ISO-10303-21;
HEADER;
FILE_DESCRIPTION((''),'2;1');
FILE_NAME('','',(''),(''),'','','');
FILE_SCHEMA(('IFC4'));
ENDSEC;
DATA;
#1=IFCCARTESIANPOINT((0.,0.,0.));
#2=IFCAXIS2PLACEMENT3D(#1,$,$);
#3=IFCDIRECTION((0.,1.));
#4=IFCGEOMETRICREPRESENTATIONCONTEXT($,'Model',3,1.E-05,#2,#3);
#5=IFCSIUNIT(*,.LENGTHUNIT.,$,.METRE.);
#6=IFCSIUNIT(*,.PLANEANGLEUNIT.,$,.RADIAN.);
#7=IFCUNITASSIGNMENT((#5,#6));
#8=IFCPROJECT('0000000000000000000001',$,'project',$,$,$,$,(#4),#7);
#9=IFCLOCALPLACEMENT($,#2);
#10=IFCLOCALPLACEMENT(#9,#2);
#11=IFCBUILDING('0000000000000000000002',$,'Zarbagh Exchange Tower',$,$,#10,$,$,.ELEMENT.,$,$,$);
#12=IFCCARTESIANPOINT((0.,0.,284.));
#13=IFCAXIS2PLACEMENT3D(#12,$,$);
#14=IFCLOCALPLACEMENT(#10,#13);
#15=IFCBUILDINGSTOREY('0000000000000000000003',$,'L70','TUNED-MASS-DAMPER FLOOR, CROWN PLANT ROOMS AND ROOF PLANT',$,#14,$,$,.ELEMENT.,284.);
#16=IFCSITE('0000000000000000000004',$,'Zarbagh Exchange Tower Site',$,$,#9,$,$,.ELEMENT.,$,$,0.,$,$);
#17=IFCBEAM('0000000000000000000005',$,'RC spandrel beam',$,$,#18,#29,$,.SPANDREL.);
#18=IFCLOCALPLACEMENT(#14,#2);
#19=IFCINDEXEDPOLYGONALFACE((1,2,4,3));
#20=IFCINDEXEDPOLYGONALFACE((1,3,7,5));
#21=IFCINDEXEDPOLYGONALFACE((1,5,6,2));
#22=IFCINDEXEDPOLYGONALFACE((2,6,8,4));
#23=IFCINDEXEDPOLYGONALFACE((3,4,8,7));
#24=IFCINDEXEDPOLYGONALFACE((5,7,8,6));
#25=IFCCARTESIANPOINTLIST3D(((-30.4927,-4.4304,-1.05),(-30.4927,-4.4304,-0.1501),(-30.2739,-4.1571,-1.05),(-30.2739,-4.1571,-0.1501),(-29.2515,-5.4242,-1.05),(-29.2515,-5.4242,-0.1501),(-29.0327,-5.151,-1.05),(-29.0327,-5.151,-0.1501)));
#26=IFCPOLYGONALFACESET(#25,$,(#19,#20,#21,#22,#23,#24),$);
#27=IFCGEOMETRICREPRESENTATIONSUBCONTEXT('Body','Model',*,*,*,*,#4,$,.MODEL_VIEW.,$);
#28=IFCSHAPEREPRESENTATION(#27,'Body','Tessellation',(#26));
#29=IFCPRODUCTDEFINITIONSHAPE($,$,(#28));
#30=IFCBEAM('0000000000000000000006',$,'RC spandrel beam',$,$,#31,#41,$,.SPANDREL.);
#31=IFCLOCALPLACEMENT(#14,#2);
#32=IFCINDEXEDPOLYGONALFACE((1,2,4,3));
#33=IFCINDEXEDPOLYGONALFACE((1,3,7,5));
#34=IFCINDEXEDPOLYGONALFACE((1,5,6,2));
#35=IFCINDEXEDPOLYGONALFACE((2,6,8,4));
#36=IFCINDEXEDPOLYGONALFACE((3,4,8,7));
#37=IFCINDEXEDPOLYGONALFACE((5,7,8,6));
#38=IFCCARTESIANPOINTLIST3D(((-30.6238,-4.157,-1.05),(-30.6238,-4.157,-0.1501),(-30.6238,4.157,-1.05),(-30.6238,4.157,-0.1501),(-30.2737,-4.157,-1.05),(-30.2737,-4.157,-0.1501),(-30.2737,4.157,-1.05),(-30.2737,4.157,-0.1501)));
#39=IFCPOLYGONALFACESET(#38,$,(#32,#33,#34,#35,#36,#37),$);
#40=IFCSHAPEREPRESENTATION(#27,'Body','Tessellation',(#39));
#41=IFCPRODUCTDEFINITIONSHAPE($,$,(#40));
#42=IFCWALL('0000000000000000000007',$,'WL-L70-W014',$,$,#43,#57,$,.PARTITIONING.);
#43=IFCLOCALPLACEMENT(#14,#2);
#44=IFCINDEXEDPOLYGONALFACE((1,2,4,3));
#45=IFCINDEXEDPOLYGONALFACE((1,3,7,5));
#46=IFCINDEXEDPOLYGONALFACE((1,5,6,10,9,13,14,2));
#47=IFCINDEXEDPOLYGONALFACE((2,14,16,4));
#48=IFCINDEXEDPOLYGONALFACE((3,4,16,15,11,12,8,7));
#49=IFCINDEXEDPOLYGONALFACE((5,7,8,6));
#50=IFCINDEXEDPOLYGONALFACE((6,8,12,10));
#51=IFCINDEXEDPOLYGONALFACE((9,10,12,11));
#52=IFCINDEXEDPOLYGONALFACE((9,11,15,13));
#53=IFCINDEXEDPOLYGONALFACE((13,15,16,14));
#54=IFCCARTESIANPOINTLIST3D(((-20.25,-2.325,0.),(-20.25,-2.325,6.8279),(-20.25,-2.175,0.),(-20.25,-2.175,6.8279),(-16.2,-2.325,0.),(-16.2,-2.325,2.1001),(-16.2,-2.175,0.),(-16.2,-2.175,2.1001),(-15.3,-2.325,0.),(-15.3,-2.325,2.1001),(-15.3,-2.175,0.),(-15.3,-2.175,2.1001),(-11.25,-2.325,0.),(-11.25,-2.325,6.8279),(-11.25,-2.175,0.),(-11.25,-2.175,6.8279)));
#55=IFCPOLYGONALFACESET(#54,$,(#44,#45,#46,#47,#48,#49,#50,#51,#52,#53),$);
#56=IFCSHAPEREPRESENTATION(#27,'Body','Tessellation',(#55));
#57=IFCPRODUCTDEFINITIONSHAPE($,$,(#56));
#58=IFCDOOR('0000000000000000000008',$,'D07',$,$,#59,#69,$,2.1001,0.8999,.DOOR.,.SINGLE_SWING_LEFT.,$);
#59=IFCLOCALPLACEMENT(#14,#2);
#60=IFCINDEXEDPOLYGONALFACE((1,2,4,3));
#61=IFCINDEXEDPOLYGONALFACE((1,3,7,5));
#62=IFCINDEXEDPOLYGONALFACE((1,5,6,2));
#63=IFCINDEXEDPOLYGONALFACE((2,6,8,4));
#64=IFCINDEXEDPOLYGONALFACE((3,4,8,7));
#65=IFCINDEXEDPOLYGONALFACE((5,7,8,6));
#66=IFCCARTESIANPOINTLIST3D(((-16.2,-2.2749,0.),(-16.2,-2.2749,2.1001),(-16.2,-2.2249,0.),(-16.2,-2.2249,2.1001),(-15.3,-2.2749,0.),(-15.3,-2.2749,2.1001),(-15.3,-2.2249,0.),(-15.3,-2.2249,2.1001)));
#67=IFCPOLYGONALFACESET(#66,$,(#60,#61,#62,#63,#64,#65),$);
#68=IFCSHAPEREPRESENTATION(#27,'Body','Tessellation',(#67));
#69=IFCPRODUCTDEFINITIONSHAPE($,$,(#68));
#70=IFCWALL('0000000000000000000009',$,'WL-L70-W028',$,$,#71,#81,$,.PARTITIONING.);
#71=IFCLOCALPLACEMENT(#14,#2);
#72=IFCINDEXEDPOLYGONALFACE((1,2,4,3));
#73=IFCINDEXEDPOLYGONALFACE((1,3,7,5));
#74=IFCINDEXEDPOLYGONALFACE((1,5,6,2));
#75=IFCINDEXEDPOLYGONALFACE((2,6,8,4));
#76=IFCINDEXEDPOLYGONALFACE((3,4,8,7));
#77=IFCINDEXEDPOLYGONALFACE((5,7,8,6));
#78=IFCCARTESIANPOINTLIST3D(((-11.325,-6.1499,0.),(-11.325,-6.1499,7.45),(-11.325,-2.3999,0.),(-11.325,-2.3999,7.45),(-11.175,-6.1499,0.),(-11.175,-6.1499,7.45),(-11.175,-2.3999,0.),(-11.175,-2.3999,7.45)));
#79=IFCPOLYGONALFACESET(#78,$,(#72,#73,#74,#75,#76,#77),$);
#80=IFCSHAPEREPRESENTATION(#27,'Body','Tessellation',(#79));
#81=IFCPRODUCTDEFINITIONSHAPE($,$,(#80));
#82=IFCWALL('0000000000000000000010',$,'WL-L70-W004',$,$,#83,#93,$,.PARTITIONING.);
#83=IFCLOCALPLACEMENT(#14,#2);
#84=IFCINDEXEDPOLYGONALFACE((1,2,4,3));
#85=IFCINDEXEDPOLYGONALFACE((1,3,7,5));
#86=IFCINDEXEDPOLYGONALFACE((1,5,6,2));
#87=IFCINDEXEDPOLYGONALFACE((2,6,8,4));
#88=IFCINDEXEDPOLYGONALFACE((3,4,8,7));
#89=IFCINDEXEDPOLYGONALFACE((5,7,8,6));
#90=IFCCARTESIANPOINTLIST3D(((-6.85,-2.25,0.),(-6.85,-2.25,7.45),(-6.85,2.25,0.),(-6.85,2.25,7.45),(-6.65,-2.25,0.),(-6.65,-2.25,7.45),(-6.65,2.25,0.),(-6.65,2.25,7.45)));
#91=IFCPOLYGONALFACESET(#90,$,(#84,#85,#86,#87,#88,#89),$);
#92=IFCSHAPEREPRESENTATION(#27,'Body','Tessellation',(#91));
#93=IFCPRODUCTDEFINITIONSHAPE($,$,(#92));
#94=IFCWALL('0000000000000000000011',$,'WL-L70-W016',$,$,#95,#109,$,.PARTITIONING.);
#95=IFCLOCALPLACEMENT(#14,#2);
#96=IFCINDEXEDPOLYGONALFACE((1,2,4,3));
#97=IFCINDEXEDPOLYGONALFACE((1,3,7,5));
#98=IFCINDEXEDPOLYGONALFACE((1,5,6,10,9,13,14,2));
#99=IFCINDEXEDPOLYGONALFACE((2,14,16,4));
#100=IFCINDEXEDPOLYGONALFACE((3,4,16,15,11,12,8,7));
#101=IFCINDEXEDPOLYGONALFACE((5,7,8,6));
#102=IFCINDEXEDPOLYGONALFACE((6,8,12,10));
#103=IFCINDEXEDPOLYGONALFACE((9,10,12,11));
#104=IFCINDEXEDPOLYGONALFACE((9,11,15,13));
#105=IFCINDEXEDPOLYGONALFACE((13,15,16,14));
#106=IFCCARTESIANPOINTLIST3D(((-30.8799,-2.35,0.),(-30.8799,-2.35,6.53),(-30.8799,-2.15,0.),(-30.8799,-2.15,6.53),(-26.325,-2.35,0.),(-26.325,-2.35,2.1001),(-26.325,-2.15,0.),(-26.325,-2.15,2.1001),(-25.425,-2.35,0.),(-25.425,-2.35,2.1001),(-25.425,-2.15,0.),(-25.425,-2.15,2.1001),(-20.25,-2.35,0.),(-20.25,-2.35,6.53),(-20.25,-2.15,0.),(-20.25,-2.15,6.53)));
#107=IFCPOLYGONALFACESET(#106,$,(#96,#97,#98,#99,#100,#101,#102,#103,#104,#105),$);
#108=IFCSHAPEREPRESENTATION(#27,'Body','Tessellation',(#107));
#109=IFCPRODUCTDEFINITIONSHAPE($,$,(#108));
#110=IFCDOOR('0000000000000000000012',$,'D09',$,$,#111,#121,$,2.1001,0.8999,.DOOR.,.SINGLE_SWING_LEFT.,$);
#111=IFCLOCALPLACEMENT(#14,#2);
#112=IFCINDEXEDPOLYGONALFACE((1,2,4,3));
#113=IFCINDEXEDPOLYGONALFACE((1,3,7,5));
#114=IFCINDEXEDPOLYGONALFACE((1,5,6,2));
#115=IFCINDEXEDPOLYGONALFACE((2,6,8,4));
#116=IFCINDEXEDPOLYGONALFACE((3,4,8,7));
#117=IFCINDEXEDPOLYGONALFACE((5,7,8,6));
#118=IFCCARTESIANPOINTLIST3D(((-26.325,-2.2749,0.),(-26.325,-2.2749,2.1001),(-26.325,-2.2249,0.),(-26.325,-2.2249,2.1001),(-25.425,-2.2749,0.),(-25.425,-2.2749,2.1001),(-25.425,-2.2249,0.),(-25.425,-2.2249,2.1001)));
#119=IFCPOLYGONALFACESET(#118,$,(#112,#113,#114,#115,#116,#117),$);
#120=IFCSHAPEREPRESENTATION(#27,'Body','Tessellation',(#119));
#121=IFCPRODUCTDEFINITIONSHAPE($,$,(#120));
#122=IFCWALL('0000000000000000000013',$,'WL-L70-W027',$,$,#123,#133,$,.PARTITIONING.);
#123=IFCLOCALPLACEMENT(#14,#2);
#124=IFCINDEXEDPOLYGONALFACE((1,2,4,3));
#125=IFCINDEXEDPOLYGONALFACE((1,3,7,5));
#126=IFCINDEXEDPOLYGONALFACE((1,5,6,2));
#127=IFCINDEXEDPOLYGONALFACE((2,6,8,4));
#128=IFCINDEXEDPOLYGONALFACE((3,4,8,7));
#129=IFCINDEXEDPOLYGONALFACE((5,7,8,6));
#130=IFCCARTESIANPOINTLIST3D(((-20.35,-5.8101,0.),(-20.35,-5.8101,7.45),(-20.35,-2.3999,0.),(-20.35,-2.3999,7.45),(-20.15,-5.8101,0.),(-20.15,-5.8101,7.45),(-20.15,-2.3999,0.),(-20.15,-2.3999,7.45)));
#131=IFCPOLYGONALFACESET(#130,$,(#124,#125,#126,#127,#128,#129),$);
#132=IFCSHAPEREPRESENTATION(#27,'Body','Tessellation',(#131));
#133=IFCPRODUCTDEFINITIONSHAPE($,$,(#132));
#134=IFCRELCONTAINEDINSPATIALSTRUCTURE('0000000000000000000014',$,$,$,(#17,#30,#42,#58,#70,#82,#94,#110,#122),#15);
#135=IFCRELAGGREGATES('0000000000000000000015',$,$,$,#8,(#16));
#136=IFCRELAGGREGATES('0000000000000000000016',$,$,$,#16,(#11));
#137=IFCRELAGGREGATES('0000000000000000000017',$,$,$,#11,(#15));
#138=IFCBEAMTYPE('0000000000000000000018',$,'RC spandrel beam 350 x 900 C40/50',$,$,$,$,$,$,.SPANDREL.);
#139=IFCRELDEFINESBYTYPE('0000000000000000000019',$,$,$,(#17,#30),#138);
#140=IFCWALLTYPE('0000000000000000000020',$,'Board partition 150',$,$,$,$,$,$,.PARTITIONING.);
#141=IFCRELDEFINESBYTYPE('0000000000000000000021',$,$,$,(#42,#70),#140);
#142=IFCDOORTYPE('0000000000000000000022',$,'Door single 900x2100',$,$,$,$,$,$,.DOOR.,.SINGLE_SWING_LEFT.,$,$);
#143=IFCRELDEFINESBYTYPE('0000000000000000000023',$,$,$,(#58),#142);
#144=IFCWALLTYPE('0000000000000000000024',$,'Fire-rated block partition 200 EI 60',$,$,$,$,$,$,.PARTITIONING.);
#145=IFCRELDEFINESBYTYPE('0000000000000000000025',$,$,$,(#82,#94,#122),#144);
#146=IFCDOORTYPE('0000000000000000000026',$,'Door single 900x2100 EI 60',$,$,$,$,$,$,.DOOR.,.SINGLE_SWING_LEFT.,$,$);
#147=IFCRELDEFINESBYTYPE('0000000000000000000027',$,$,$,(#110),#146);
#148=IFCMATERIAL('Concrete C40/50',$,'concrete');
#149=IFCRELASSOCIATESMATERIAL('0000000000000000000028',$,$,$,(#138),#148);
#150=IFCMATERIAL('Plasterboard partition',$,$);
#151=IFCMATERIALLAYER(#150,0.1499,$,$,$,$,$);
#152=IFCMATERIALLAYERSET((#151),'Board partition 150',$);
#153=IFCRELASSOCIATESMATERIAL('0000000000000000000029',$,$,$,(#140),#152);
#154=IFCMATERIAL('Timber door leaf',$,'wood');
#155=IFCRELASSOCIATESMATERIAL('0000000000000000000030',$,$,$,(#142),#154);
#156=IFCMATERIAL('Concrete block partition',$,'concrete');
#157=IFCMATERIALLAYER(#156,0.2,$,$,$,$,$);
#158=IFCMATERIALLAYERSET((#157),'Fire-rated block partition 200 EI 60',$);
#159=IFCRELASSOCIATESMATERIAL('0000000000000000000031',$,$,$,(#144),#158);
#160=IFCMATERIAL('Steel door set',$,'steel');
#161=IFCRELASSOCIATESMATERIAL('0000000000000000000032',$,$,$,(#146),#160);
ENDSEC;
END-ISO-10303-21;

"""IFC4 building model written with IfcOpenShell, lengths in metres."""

from ifc_helpers import new_model, si_unit, direction, frame, frame_2d, origin, origin_2d, place, context, subcontext, project, spatial, rectangle, extrude, material, layer, layer_set, material_profile, profile_set, type_object, element, fill, save


model = new_model("IFC4")

# Units and contexts
model_context = context("Model", 3, precision=1e-05, world=origin(), true_north=direction((0.0, 1.0)))
body_context = subcontext(model_context, "Body", "Model", "MODEL_VIEW")
ifc_project = project(units=[si_unit("LENGTHUNIT", "METRE"), si_unit("PLANEANGLEUNIT", "RADIAN")], contexts=[model_context])

# Site, building, storey
site_placement = place(None, origin())
site = spatial("IfcSite", under=ifc_project, at=site_placement, Name="Zarbagh Exchange Tower Site", CompositionType="ELEMENT", RefElevation=0.0)
building_placement = place(site_placement, origin())
building = spatial("IfcBuilding", under=site, at=building_placement, Name="Zarbagh Exchange Tower", CompositionType="ELEMENT")
storey_placement = place(building_placement, frame((0.0, 0.0, 284.0)))
storey = spatial("IfcBuildingStorey", under=building, at=storey_placement, Name="L70", Description="TUNED-MASS-DAMPER FLOOR, CROWN PLANT ROOMS AND ROOF PLANT", CompositionType="ELEMENT", Elevation=284.0)

# Shared definitions
ifc_material_1 = material(Name="Concrete C40/50", Category="concrete")

# Beams
ifc_material_profile_1 = material_profile(ifc_material_1, rectangle(XDim=0.3501, YDim=0.8999, at=origin_2d()), Name="RC spandrel beam 350 x 900 C40/50")
ifc_profile_set_1 = profile_set([ifc_material_profile_1], Name="Concrete C40/50")
beam_type_1 = type_object("IfcBeamType", Name="RC spandrel beam 350 x 900 C40/50", PredefinedType="SPANDREL", material=ifc_profile_set_1)
beam_1_placement = place(storey_placement, frame((-29.1421, -5.2876, -0.6001), z_axis=(-0.780584, 0.625051, 0.0), x_axis=(-0.625051, -0.780584, 0.0)))
element("IfcBeam", 1, at=beam_1_placement, inside=storey, type_object=beam_type_1, Name="RC spandrel beam", PredefinedType="SPANDREL", context=body_context, shape_type="SweptSolid", body=[
    extrude(rectangle(XDim=0.3501, YDim=0.8999, at=origin_2d()), origin(), (0.0, 0.0, 1.0), 1.5901),
])
beam_2_placement = place(storey_placement, frame((-30.4487, -4.157, -0.6001), z_axis=(0.0, 1.0, 0.0), x_axis=(-1.0, 0.0, 0.0)))
element("IfcBeam", 2, at=beam_2_placement, inside=storey, type_object=beam_type_1, Name="RC spandrel beam", PredefinedType="SPANDREL", context=body_context, shape_type="SweptSolid", body=[
    extrude(rectangle(XDim=0.3501, YDim=0.8999, at=origin_2d()), origin(), (0.0, 0.0, 1.0), 8.314),
])

# Wall, opening, door
ifc_material_2 = material(Name="Plasterboard partition")
ifc_layer_1 = layer(ifc_material_2, 0.1499)
ifc_layer_set_1 = layer_set([ifc_layer_1], Name="Board partition 150")
wall_type_1 = type_object("IfcWallType", Name="Board partition 150", PredefinedType="PARTITIONING", material=ifc_layer_set_1)
wall_1_placement = place(storey_placement, frame((-11.25, -2.25, 0.0), z_axis=(0.0, 0.0, 1.0), x_axis=(-1.0, 0.0, 0.0)))
wall_1 = element("IfcWall", 3, at=wall_1_placement, inside=storey, type_object=wall_type_1, Name="WL-L70-W014", PredefinedType="PARTITIONING", context=body_context, shape_type="SweptSolid", body=[
    extrude(rectangle(XDim=9.0, YDim=0.1499, at=frame_2d((4.5, 0.0))), origin(), (0.0, 0.0, 1.0), 6.8279),
])
opening_1_placement = place(wall_1_placement, frame((4.05, 0.0, 0.0)))
opening_1 = element("IfcOpeningElement", 4, at=opening_1_placement, cuts=wall_1, PredefinedType="OPENING", context=body_context, shape_type="SweptSolid", body=[
    extrude(rectangle(XDim=0.8999, YDim=2.1001, at=frame_2d((0.45, 1.05))), frame((0.0, 0.085, 0.0), z_axis=(0.0, -1.0, 0.0), x_axis=(1.0, 0.0, 0.0)), (0.0, 0.0, 1.0), 0.1699),
])
ifc_material_3 = material(Name="Timber door leaf", Category="wood")
door_type_1 = type_object("IfcDoorType", Name="Door single 900x2100", OperationType="SINGLE_SWING_LEFT", PredefinedType="DOOR", material=ifc_material_3)
door_1_placement = place(opening_1_placement, origin())
door_1 = element("IfcDoor", 5, at=door_1_placement, inside=storey, type_object=door_type_1, Name="D07", OperationType="SINGLE_SWING_LEFT", OverallHeight=2.1001, OverallWidth=0.8999, PredefinedType="DOOR", context=body_context, shape_type="SweptSolid", body=[
    extrude(rectangle(XDim=0.8999, YDim=2.1001, at=frame_2d((0.45, 1.05))), frame((0.0, 0.0249, 0.0), z_axis=(0.0, -1.0, 0.0), x_axis=(1.0, 0.0, 0.0)), (0.0, 0.0, 1.0), 0.05),
])
fill(opening_1, door_1)

# Walls
wall_2_placement = place(storey_placement, frame((-11.25, -2.3999, 0.0), z_axis=(0.0, 0.0, 1.0), x_axis=(0.0, -1.0, 0.0)))
element("IfcWall", 6, at=wall_2_placement, inside=storey, type_object=wall_type_1, Name="WL-L70-W028", PredefinedType="PARTITIONING", context=body_context, shape_type="SweptSolid", body=[
    extrude(rectangle(XDim=3.75, YDim=0.1499, at=frame_2d((1.875, 0.0))), origin(), (0.0, 0.0, 1.0), 7.45),
])
ifc_material_4 = material(Name="Concrete block partition", Category="concrete")
ifc_layer_2 = layer(ifc_material_4, 0.2)
ifc_layer_set_2 = layer_set([ifc_layer_2], Name="Fire-rated block partition 200 EI 60")
wall_type_2 = type_object("IfcWallType", Name="Fire-rated block partition 200 EI 60", PredefinedType="PARTITIONING", material=ifc_layer_set_2)
wall_3_placement = place(storey_placement, frame((-6.75, -2.25, 0.0), z_axis=(0.0, 0.0, 1.0), x_axis=(0.0, 1.0, 0.0)))
element("IfcWall", 7, at=wall_3_placement, inside=storey, type_object=wall_type_2, Name="WL-L70-W004", PredefinedType="PARTITIONING", context=body_context, shape_type="SweptSolid", body=[
    extrude(rectangle(XDim=4.5, YDim=0.2, at=frame_2d((2.25, 0.0))), origin(), (0.0, 0.0, 1.0), 7.45),
])

# Wall, opening, door
wall_4_placement = place(storey_placement, frame((-20.25, -2.25, 0.0), z_axis=(0.0, 0.0, 1.0), x_axis=(-1.0, 0.0, 0.0)))
wall_4 = element("IfcWall", 8, at=wall_4_placement, inside=storey, type_object=wall_type_2, Name="WL-L70-W016", PredefinedType="PARTITIONING", context=body_context, shape_type="SweptSolid", body=[
    extrude(rectangle(XDim=10.6299, YDim=0.2, at=frame_2d((5.3149, 0.0))), origin(), (0.0, 0.0, 1.0), 6.53),
])
opening_2_placement = place(wall_4_placement, frame((5.175, 0.0, 0.0)))
opening_2 = element("IfcOpeningElement", 9, at=opening_2_placement, cuts=wall_4, PredefinedType="OPENING", context=body_context, shape_type="SweptSolid", body=[
    extrude(rectangle(XDim=0.8999, YDim=2.1001, at=frame_2d((0.45, 1.05))), frame((0.0, 0.1099, 0.0), z_axis=(0.0, -1.0, 0.0), x_axis=(1.0, 0.0, 0.0)), (0.0, 0.0, 1.0), 0.22),
])
ifc_material_5 = material(Name="Steel door set", Category="steel")
door_type_2 = type_object("IfcDoorType", Name="Door single 900x2100 EI 60", OperationType="SINGLE_SWING_LEFT", PredefinedType="DOOR", material=ifc_material_5)
door_2_placement = place(opening_2_placement, origin())
door_2 = element("IfcDoor", 10, at=door_2_placement, inside=storey, type_object=door_type_2, Name="D09", OperationType="SINGLE_SWING_LEFT", OverallHeight=2.1001, OverallWidth=0.8999, PredefinedType="DOOR", context=body_context, shape_type="SweptSolid", body=[
    extrude(rectangle(XDim=0.8999, YDim=2.1001, at=frame_2d((0.45, 1.05))), frame((0.0, 0.0249, 0.0), z_axis=(0.0, -1.0, 0.0), x_axis=(1.0, 0.0, 0.0)), (0.0, 0.0, 1.0), 0.05),
])
fill(opening_2, door_2)

# Wall
wall_5_placement = place(storey_placement, frame((-20.25, -5.8101, 0.0), z_axis=(0.0, 0.0, 1.0), x_axis=(0.0, 1.0, 0.0)))
element("IfcWall", 11, at=wall_5_placement, inside=storey, type_object=wall_type_2, Name="WL-L70-W027", PredefinedType="PARTITIONING", context=body_context, shape_type="SweptSolid", body=[
    extrude(rectangle(XDim=3.4102, YDim=0.2, at=frame_2d((1.7051, 0.0))), origin(), (0.0, 0.0, 1.0), 7.45),
])

save(model, "model.ifc")
